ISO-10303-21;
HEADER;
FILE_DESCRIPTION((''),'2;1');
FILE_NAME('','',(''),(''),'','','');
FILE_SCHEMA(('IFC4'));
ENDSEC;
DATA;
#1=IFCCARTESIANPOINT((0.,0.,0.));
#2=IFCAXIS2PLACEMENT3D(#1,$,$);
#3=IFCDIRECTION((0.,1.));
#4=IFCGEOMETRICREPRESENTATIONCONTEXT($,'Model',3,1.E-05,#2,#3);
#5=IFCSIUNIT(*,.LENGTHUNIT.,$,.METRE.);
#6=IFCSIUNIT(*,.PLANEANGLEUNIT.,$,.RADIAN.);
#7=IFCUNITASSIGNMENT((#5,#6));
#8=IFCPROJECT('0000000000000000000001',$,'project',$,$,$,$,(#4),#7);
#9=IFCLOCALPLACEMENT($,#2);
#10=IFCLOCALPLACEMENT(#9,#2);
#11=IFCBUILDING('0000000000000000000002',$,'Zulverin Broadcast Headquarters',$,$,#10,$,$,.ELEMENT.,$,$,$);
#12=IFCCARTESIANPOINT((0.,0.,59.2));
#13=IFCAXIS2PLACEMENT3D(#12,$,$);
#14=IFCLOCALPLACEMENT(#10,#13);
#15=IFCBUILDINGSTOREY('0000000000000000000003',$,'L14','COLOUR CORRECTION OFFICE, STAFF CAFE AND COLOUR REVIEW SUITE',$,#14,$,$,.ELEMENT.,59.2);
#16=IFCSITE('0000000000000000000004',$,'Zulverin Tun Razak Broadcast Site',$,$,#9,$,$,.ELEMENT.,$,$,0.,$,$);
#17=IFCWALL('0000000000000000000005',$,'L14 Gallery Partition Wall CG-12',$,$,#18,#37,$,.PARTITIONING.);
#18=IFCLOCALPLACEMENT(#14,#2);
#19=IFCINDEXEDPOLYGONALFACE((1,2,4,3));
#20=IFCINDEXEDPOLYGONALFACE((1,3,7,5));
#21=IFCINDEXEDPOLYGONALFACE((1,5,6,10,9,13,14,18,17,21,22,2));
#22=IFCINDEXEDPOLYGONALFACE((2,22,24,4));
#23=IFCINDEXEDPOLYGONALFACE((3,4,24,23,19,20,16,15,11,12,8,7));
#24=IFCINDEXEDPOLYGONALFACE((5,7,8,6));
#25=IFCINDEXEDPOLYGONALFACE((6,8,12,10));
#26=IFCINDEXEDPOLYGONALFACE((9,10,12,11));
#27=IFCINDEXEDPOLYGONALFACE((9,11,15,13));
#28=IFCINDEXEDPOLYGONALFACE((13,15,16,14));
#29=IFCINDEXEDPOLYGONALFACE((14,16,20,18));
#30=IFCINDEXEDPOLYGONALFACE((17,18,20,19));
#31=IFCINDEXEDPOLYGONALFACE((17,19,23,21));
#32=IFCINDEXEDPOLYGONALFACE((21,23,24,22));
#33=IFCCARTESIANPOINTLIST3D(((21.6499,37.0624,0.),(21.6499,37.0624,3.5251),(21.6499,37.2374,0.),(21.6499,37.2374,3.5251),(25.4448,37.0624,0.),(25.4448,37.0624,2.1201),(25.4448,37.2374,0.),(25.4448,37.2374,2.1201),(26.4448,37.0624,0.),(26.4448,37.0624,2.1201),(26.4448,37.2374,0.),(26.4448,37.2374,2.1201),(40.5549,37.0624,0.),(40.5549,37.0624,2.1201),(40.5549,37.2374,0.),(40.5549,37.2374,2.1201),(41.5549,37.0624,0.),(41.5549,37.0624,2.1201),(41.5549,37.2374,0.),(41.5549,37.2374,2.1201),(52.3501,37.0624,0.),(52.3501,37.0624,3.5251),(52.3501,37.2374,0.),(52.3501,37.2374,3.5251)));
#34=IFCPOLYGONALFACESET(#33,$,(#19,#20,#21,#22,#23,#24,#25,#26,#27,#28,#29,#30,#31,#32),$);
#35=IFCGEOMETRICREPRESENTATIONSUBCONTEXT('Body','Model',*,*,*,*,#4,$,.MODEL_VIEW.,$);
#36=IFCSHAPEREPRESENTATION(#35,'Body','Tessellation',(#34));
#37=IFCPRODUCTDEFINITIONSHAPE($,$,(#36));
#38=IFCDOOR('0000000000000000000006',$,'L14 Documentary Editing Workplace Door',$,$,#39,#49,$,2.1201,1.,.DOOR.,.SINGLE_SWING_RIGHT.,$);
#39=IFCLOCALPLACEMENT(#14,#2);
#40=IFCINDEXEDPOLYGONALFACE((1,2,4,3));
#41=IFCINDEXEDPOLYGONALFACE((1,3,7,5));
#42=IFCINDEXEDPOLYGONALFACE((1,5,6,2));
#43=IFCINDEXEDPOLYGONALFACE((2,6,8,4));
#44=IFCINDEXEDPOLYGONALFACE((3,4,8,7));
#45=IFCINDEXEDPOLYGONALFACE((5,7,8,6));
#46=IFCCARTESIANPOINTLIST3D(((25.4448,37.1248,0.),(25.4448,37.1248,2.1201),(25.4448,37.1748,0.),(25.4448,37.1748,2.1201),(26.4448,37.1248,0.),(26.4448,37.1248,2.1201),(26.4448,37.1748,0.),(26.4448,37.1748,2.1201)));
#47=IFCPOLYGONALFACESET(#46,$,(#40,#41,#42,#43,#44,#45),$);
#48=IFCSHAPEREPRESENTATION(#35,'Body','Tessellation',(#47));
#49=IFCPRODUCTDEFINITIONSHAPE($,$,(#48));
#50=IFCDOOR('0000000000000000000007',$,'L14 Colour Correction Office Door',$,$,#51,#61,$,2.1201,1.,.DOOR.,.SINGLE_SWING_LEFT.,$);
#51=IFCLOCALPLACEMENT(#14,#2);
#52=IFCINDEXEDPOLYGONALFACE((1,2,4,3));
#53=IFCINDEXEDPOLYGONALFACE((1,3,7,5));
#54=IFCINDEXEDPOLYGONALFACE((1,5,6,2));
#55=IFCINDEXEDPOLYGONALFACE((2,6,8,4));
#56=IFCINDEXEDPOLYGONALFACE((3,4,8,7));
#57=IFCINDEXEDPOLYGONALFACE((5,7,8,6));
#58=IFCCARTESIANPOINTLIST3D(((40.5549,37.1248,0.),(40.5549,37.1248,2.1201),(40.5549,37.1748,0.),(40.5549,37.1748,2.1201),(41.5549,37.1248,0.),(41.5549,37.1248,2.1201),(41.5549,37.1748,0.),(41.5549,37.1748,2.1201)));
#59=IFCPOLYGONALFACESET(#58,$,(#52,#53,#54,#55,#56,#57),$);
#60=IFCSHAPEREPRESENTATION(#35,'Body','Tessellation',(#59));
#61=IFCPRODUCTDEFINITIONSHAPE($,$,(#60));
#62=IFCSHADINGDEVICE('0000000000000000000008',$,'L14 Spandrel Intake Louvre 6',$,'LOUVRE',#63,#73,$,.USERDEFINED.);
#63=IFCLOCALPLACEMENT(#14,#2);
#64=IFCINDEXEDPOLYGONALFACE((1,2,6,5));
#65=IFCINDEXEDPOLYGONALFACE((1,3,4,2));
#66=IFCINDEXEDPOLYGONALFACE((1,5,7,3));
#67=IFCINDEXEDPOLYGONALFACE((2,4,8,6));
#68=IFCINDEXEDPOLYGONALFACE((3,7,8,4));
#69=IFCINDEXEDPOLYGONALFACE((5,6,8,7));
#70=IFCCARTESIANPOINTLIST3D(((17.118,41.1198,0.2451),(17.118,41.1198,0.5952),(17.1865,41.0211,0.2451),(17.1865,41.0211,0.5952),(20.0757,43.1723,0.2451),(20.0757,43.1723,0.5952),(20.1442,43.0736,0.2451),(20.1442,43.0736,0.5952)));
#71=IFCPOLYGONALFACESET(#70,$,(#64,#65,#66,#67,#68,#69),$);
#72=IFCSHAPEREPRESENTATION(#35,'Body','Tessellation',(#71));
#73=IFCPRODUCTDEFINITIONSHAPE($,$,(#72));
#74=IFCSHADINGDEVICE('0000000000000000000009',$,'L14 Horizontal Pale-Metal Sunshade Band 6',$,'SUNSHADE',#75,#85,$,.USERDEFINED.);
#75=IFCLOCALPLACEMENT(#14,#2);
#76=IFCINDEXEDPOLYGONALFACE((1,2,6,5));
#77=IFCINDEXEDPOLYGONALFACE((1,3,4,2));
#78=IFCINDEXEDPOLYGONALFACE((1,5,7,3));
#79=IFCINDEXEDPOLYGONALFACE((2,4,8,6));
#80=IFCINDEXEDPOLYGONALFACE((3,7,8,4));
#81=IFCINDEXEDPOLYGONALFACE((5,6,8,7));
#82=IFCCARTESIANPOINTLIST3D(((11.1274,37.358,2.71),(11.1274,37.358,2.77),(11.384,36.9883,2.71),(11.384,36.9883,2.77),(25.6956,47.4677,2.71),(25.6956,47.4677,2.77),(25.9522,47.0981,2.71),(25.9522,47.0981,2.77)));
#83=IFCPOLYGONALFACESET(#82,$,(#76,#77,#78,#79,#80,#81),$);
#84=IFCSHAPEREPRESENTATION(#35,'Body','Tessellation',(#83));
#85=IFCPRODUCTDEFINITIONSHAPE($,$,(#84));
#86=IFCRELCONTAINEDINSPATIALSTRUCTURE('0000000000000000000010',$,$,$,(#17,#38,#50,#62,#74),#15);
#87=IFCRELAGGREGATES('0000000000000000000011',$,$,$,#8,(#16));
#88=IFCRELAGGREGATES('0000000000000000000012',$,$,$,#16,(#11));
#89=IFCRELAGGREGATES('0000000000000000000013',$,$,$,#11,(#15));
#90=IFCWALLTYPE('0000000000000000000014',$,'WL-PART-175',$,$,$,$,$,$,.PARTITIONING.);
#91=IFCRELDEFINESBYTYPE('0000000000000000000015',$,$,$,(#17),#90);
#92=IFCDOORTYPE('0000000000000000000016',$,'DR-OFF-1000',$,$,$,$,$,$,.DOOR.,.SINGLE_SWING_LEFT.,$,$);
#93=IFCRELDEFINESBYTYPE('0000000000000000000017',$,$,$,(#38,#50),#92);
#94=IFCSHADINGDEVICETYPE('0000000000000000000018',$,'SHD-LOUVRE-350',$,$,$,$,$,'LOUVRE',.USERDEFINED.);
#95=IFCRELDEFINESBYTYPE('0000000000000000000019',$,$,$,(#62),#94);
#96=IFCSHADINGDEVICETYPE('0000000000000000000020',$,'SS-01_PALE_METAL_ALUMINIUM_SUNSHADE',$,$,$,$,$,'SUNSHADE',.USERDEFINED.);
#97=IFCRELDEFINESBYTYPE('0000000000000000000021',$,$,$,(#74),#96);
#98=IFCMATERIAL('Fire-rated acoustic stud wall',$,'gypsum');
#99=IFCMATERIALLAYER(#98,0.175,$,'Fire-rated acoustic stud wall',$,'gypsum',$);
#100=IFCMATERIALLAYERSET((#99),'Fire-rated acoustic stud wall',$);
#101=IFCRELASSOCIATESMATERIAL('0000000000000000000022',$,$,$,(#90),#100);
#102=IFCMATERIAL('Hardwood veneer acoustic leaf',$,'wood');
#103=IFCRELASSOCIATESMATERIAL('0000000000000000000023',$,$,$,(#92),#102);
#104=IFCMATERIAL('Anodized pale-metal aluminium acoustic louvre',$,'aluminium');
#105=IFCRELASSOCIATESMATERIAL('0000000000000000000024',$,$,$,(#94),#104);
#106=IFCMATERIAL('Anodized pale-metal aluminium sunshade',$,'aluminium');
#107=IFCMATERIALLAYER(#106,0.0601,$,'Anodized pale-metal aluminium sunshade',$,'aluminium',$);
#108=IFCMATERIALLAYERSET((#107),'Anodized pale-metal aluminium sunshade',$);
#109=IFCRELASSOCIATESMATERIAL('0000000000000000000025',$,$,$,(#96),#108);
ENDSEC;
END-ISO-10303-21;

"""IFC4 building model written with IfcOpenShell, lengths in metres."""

from ifc_helpers import new_model, si_unit, direction, frame, frame_2d, origin, origin_2d, place, context, subcontext, project, spatial, rectangle, extrude, material, layer, layer_set, type_object, element, fill, save


model = new_model("IFC4")

# Units and contexts
model_context = context("Model", 3, precision=1e-05, world=origin(), true_north=direction((0.0, 1.0)))
body_context = subcontext(model_context, "Body", "Model", "MODEL_VIEW")
ifc_project = project(units=[si_unit("LENGTHUNIT", "METRE"), si_unit("PLANEANGLEUNIT", "RADIAN")], contexts=[model_context])

# Site, building, storey
site_placement = place(None, origin())
site = spatial("IfcSite", under=ifc_project, at=site_placement, Name="Zulverin Tun Razak Broadcast Site", CompositionType="ELEMENT", RefElevation=0.0)
building_placement = place(site_placement, origin())
building = spatial("IfcBuilding", under=site, at=building_placement, Name="Zulverin Broadcast Headquarters", CompositionType="ELEMENT")
storey_placement = place(building_placement, frame((0.0, 0.0, 59.2)))
storey = spatial("IfcBuildingStorey", under=building, at=storey_placement, Name="L14", Description="COLOUR CORRECTION OFFICE, STAFF CAFE AND COLOUR REVIEW SUITE", CompositionType="ELEMENT", Elevation=59.2)

# Wall, openings, doors
ifc_material_1 = material(Name="Fire-rated acoustic stud wall", Category="gypsum")
ifc_layer_1 = layer(ifc_material_1, 0.175, Name="Fire-rated acoustic stud wall", Category="gypsum")
ifc_layer_set_1 = layer_set([ifc_layer_1], Name="Fire-rated acoustic stud wall")
wall_type_1 = type_object("IfcWallType", Name="WL-PART-175", PredefinedType="PARTITIONING", material=ifc_layer_set_1)
wall_1_placement = place(storey_placement, frame((21.6499, 37.1499, 0.0), z_axis=(0.0, 0.0, 1.0), x_axis=(1.0, 0.0, 0.0)))
wall_1 = element("IfcWall", 1, at=wall_1_placement, inside=storey, type_object=wall_type_1, Name="L14 Gallery Partition Wall CG-12", PredefinedType="PARTITIONING", context=body_context, shape_type="SweptSolid", body=[
    extrude(rectangle(XDim=30.7002, YDim=0.175, at=frame_2d((15.3501, 0.0))), origin(), (0.0, 0.0, 1.0), 3.5251),
])
opening_1_placement = place(wall_1_placement, frame((3.7949, 0.0, 0.0)))
opening_1 = element("IfcOpeningElement", 2, at=opening_1_placement, cuts=wall_1, PredefinedType="OPENING", context=body_context, shape_type="SweptSolid", body=[
    extrude(rectangle(XDim=1.0, YDim=2.1201, at=frame_2d((0.5, 1.0601))), frame((0.0, 0.0974, 0.0), z_axis=(0.0, -1.0, 0.0), x_axis=(1.0, 0.0, 0.0)), (0.0, 0.0, 1.0), 0.1951),
])
opening_2_placement = place(wall_1_placement, frame((18.905, 0.0, 0.0)))
opening_2 = element("IfcOpeningElement", 3, at=opening_2_placement, cuts=wall_1, PredefinedType="OPENING", context=body_context, shape_type="SweptSolid", body=[
    extrude(rectangle(XDim=1.0, YDim=2.1201, at=frame_2d((0.5, 1.0601))), frame((0.0, 0.0974, 0.0), z_axis=(0.0, -1.0, 0.0), x_axis=(1.0, 0.0, 0.0)), (0.0, 0.0, 1.0), 0.1951),
])
ifc_material_2 = material(Name="Hardwood veneer acoustic leaf", Category="wood")
door_type_1 = type_object("IfcDoorType", Name="DR-OFF-1000", OperationType="SINGLE_SWING_LEFT", PredefinedType="DOOR", material=ifc_material_2)
door_1_placement = place(opening_1_placement, origin())
door_1 = element("IfcDoor", 4, at=door_1_placement, inside=storey, type_object=door_type_1, Name="L14 Documentary Editing Workplace Door", OperationType="SINGLE_SWING_RIGHT", OverallHeight=2.1201, OverallWidth=1.0, PredefinedType="DOOR", context=body_context, shape_type="SweptSolid", body=[
    extrude(rectangle(XDim=1.0, YDim=2.1201, at=frame_2d((0.5, 1.0601))), frame((0.0, 0.0249, 0.0), z_axis=(0.0, -1.0, 0.0), x_axis=(1.0, 0.0, 0.0)), (0.0, 0.0, 1.0), 0.05),
])
fill(opening_1, door_1)
door_2_placement = place(opening_2_placement, origin())
door_2 = element("IfcDoor", 5, at=door_2_placement, inside=storey, type_object=door_type_1, Name="L14 Colour Correction Office Door", OperationType="SINGLE_SWING_LEFT", OverallHeight=2.1201, OverallWidth=1.0, PredefinedType="DOOR", context=body_context, shape_type="SweptSolid", body=[
    extrude(rectangle(XDim=1.0, YDim=2.1201, at=frame_2d((0.5, 1.0601))), frame((0.0, 0.0249, 0.0), z_axis=(0.0, -1.0, 0.0), x_axis=(1.0, 0.0, 0.0)), (0.0, 0.0, 1.0), 0.05),
])
fill(opening_2, door_2)

# Shading devices
ifc_material_3 = material(Name="Anodized pale-metal aluminium acoustic louvre", Category="aluminium")
shading_device_type_1 = type_object("IfcShadingDeviceType", Name="SHD-LOUVRE-350", ElementType="LOUVRE", PredefinedType="USERDEFINED", material=ifc_material_3)
shading_device_1_placement = place(storey_placement, frame((18.6311, 42.0967, 0.2451), z_axis=(0.0, 0.0, 1.0), x_axis=(-0.821556, -0.570127, 0.0)))
element("IfcShadingDevice", 6, at=shading_device_1_placement, inside=storey, type_object=shading_device_type_1, Name="L14 Spandrel Intake Louvre 6", ObjectType="LOUVRE", PredefinedType="USERDEFINED", context=body_context, shape_type="SweptSolid", body=[
    extrude(rectangle(XDim=3.6001, YDim=0.1201, at=origin_2d()), origin(), (0.0, 0.0, 1.0), 0.3501),
])
ifc_material_4 = material(Name="Anodized pale-metal aluminium sunshade", Category="aluminium")
ifc_layer_2 = layer(ifc_material_4, 0.0601, Name="Anodized pale-metal aluminium sunshade", Category="aluminium")
ifc_layer_set_2 = layer_set([ifc_layer_2], Name="Anodized pale-metal aluminium sunshade")
shading_device_type_2 = type_object("IfcShadingDeviceType", Name="SS-01_PALE_METAL_ALUMINIUM_SUNSHADE", ElementType="SUNSHADE", PredefinedType="USERDEFINED", material=ifc_layer_set_2)
shading_device_2_placement = place(storey_placement, frame((18.5398, 42.228, 2.71), z_axis=(0.0, 0.0, 1.0), x_axis=(-0.821556, -0.570127, 0.0)))
element("IfcShadingDevice", 7, at=shading_device_2_placement, inside=storey, type_object=shading_device_type_2, Name="L14 Horizontal Pale-Metal Sunshade Band 6", ObjectType="SUNSHADE", PredefinedType="USERDEFINED", context=body_context, shape_type="SweptSolid", body=[
    extrude(rectangle(XDim=17.7324, YDim=0.45, at=origin_2d()), origin(), (0.0, 0.0, 1.0), 0.0601),
])

save(model, "model.ifc")
